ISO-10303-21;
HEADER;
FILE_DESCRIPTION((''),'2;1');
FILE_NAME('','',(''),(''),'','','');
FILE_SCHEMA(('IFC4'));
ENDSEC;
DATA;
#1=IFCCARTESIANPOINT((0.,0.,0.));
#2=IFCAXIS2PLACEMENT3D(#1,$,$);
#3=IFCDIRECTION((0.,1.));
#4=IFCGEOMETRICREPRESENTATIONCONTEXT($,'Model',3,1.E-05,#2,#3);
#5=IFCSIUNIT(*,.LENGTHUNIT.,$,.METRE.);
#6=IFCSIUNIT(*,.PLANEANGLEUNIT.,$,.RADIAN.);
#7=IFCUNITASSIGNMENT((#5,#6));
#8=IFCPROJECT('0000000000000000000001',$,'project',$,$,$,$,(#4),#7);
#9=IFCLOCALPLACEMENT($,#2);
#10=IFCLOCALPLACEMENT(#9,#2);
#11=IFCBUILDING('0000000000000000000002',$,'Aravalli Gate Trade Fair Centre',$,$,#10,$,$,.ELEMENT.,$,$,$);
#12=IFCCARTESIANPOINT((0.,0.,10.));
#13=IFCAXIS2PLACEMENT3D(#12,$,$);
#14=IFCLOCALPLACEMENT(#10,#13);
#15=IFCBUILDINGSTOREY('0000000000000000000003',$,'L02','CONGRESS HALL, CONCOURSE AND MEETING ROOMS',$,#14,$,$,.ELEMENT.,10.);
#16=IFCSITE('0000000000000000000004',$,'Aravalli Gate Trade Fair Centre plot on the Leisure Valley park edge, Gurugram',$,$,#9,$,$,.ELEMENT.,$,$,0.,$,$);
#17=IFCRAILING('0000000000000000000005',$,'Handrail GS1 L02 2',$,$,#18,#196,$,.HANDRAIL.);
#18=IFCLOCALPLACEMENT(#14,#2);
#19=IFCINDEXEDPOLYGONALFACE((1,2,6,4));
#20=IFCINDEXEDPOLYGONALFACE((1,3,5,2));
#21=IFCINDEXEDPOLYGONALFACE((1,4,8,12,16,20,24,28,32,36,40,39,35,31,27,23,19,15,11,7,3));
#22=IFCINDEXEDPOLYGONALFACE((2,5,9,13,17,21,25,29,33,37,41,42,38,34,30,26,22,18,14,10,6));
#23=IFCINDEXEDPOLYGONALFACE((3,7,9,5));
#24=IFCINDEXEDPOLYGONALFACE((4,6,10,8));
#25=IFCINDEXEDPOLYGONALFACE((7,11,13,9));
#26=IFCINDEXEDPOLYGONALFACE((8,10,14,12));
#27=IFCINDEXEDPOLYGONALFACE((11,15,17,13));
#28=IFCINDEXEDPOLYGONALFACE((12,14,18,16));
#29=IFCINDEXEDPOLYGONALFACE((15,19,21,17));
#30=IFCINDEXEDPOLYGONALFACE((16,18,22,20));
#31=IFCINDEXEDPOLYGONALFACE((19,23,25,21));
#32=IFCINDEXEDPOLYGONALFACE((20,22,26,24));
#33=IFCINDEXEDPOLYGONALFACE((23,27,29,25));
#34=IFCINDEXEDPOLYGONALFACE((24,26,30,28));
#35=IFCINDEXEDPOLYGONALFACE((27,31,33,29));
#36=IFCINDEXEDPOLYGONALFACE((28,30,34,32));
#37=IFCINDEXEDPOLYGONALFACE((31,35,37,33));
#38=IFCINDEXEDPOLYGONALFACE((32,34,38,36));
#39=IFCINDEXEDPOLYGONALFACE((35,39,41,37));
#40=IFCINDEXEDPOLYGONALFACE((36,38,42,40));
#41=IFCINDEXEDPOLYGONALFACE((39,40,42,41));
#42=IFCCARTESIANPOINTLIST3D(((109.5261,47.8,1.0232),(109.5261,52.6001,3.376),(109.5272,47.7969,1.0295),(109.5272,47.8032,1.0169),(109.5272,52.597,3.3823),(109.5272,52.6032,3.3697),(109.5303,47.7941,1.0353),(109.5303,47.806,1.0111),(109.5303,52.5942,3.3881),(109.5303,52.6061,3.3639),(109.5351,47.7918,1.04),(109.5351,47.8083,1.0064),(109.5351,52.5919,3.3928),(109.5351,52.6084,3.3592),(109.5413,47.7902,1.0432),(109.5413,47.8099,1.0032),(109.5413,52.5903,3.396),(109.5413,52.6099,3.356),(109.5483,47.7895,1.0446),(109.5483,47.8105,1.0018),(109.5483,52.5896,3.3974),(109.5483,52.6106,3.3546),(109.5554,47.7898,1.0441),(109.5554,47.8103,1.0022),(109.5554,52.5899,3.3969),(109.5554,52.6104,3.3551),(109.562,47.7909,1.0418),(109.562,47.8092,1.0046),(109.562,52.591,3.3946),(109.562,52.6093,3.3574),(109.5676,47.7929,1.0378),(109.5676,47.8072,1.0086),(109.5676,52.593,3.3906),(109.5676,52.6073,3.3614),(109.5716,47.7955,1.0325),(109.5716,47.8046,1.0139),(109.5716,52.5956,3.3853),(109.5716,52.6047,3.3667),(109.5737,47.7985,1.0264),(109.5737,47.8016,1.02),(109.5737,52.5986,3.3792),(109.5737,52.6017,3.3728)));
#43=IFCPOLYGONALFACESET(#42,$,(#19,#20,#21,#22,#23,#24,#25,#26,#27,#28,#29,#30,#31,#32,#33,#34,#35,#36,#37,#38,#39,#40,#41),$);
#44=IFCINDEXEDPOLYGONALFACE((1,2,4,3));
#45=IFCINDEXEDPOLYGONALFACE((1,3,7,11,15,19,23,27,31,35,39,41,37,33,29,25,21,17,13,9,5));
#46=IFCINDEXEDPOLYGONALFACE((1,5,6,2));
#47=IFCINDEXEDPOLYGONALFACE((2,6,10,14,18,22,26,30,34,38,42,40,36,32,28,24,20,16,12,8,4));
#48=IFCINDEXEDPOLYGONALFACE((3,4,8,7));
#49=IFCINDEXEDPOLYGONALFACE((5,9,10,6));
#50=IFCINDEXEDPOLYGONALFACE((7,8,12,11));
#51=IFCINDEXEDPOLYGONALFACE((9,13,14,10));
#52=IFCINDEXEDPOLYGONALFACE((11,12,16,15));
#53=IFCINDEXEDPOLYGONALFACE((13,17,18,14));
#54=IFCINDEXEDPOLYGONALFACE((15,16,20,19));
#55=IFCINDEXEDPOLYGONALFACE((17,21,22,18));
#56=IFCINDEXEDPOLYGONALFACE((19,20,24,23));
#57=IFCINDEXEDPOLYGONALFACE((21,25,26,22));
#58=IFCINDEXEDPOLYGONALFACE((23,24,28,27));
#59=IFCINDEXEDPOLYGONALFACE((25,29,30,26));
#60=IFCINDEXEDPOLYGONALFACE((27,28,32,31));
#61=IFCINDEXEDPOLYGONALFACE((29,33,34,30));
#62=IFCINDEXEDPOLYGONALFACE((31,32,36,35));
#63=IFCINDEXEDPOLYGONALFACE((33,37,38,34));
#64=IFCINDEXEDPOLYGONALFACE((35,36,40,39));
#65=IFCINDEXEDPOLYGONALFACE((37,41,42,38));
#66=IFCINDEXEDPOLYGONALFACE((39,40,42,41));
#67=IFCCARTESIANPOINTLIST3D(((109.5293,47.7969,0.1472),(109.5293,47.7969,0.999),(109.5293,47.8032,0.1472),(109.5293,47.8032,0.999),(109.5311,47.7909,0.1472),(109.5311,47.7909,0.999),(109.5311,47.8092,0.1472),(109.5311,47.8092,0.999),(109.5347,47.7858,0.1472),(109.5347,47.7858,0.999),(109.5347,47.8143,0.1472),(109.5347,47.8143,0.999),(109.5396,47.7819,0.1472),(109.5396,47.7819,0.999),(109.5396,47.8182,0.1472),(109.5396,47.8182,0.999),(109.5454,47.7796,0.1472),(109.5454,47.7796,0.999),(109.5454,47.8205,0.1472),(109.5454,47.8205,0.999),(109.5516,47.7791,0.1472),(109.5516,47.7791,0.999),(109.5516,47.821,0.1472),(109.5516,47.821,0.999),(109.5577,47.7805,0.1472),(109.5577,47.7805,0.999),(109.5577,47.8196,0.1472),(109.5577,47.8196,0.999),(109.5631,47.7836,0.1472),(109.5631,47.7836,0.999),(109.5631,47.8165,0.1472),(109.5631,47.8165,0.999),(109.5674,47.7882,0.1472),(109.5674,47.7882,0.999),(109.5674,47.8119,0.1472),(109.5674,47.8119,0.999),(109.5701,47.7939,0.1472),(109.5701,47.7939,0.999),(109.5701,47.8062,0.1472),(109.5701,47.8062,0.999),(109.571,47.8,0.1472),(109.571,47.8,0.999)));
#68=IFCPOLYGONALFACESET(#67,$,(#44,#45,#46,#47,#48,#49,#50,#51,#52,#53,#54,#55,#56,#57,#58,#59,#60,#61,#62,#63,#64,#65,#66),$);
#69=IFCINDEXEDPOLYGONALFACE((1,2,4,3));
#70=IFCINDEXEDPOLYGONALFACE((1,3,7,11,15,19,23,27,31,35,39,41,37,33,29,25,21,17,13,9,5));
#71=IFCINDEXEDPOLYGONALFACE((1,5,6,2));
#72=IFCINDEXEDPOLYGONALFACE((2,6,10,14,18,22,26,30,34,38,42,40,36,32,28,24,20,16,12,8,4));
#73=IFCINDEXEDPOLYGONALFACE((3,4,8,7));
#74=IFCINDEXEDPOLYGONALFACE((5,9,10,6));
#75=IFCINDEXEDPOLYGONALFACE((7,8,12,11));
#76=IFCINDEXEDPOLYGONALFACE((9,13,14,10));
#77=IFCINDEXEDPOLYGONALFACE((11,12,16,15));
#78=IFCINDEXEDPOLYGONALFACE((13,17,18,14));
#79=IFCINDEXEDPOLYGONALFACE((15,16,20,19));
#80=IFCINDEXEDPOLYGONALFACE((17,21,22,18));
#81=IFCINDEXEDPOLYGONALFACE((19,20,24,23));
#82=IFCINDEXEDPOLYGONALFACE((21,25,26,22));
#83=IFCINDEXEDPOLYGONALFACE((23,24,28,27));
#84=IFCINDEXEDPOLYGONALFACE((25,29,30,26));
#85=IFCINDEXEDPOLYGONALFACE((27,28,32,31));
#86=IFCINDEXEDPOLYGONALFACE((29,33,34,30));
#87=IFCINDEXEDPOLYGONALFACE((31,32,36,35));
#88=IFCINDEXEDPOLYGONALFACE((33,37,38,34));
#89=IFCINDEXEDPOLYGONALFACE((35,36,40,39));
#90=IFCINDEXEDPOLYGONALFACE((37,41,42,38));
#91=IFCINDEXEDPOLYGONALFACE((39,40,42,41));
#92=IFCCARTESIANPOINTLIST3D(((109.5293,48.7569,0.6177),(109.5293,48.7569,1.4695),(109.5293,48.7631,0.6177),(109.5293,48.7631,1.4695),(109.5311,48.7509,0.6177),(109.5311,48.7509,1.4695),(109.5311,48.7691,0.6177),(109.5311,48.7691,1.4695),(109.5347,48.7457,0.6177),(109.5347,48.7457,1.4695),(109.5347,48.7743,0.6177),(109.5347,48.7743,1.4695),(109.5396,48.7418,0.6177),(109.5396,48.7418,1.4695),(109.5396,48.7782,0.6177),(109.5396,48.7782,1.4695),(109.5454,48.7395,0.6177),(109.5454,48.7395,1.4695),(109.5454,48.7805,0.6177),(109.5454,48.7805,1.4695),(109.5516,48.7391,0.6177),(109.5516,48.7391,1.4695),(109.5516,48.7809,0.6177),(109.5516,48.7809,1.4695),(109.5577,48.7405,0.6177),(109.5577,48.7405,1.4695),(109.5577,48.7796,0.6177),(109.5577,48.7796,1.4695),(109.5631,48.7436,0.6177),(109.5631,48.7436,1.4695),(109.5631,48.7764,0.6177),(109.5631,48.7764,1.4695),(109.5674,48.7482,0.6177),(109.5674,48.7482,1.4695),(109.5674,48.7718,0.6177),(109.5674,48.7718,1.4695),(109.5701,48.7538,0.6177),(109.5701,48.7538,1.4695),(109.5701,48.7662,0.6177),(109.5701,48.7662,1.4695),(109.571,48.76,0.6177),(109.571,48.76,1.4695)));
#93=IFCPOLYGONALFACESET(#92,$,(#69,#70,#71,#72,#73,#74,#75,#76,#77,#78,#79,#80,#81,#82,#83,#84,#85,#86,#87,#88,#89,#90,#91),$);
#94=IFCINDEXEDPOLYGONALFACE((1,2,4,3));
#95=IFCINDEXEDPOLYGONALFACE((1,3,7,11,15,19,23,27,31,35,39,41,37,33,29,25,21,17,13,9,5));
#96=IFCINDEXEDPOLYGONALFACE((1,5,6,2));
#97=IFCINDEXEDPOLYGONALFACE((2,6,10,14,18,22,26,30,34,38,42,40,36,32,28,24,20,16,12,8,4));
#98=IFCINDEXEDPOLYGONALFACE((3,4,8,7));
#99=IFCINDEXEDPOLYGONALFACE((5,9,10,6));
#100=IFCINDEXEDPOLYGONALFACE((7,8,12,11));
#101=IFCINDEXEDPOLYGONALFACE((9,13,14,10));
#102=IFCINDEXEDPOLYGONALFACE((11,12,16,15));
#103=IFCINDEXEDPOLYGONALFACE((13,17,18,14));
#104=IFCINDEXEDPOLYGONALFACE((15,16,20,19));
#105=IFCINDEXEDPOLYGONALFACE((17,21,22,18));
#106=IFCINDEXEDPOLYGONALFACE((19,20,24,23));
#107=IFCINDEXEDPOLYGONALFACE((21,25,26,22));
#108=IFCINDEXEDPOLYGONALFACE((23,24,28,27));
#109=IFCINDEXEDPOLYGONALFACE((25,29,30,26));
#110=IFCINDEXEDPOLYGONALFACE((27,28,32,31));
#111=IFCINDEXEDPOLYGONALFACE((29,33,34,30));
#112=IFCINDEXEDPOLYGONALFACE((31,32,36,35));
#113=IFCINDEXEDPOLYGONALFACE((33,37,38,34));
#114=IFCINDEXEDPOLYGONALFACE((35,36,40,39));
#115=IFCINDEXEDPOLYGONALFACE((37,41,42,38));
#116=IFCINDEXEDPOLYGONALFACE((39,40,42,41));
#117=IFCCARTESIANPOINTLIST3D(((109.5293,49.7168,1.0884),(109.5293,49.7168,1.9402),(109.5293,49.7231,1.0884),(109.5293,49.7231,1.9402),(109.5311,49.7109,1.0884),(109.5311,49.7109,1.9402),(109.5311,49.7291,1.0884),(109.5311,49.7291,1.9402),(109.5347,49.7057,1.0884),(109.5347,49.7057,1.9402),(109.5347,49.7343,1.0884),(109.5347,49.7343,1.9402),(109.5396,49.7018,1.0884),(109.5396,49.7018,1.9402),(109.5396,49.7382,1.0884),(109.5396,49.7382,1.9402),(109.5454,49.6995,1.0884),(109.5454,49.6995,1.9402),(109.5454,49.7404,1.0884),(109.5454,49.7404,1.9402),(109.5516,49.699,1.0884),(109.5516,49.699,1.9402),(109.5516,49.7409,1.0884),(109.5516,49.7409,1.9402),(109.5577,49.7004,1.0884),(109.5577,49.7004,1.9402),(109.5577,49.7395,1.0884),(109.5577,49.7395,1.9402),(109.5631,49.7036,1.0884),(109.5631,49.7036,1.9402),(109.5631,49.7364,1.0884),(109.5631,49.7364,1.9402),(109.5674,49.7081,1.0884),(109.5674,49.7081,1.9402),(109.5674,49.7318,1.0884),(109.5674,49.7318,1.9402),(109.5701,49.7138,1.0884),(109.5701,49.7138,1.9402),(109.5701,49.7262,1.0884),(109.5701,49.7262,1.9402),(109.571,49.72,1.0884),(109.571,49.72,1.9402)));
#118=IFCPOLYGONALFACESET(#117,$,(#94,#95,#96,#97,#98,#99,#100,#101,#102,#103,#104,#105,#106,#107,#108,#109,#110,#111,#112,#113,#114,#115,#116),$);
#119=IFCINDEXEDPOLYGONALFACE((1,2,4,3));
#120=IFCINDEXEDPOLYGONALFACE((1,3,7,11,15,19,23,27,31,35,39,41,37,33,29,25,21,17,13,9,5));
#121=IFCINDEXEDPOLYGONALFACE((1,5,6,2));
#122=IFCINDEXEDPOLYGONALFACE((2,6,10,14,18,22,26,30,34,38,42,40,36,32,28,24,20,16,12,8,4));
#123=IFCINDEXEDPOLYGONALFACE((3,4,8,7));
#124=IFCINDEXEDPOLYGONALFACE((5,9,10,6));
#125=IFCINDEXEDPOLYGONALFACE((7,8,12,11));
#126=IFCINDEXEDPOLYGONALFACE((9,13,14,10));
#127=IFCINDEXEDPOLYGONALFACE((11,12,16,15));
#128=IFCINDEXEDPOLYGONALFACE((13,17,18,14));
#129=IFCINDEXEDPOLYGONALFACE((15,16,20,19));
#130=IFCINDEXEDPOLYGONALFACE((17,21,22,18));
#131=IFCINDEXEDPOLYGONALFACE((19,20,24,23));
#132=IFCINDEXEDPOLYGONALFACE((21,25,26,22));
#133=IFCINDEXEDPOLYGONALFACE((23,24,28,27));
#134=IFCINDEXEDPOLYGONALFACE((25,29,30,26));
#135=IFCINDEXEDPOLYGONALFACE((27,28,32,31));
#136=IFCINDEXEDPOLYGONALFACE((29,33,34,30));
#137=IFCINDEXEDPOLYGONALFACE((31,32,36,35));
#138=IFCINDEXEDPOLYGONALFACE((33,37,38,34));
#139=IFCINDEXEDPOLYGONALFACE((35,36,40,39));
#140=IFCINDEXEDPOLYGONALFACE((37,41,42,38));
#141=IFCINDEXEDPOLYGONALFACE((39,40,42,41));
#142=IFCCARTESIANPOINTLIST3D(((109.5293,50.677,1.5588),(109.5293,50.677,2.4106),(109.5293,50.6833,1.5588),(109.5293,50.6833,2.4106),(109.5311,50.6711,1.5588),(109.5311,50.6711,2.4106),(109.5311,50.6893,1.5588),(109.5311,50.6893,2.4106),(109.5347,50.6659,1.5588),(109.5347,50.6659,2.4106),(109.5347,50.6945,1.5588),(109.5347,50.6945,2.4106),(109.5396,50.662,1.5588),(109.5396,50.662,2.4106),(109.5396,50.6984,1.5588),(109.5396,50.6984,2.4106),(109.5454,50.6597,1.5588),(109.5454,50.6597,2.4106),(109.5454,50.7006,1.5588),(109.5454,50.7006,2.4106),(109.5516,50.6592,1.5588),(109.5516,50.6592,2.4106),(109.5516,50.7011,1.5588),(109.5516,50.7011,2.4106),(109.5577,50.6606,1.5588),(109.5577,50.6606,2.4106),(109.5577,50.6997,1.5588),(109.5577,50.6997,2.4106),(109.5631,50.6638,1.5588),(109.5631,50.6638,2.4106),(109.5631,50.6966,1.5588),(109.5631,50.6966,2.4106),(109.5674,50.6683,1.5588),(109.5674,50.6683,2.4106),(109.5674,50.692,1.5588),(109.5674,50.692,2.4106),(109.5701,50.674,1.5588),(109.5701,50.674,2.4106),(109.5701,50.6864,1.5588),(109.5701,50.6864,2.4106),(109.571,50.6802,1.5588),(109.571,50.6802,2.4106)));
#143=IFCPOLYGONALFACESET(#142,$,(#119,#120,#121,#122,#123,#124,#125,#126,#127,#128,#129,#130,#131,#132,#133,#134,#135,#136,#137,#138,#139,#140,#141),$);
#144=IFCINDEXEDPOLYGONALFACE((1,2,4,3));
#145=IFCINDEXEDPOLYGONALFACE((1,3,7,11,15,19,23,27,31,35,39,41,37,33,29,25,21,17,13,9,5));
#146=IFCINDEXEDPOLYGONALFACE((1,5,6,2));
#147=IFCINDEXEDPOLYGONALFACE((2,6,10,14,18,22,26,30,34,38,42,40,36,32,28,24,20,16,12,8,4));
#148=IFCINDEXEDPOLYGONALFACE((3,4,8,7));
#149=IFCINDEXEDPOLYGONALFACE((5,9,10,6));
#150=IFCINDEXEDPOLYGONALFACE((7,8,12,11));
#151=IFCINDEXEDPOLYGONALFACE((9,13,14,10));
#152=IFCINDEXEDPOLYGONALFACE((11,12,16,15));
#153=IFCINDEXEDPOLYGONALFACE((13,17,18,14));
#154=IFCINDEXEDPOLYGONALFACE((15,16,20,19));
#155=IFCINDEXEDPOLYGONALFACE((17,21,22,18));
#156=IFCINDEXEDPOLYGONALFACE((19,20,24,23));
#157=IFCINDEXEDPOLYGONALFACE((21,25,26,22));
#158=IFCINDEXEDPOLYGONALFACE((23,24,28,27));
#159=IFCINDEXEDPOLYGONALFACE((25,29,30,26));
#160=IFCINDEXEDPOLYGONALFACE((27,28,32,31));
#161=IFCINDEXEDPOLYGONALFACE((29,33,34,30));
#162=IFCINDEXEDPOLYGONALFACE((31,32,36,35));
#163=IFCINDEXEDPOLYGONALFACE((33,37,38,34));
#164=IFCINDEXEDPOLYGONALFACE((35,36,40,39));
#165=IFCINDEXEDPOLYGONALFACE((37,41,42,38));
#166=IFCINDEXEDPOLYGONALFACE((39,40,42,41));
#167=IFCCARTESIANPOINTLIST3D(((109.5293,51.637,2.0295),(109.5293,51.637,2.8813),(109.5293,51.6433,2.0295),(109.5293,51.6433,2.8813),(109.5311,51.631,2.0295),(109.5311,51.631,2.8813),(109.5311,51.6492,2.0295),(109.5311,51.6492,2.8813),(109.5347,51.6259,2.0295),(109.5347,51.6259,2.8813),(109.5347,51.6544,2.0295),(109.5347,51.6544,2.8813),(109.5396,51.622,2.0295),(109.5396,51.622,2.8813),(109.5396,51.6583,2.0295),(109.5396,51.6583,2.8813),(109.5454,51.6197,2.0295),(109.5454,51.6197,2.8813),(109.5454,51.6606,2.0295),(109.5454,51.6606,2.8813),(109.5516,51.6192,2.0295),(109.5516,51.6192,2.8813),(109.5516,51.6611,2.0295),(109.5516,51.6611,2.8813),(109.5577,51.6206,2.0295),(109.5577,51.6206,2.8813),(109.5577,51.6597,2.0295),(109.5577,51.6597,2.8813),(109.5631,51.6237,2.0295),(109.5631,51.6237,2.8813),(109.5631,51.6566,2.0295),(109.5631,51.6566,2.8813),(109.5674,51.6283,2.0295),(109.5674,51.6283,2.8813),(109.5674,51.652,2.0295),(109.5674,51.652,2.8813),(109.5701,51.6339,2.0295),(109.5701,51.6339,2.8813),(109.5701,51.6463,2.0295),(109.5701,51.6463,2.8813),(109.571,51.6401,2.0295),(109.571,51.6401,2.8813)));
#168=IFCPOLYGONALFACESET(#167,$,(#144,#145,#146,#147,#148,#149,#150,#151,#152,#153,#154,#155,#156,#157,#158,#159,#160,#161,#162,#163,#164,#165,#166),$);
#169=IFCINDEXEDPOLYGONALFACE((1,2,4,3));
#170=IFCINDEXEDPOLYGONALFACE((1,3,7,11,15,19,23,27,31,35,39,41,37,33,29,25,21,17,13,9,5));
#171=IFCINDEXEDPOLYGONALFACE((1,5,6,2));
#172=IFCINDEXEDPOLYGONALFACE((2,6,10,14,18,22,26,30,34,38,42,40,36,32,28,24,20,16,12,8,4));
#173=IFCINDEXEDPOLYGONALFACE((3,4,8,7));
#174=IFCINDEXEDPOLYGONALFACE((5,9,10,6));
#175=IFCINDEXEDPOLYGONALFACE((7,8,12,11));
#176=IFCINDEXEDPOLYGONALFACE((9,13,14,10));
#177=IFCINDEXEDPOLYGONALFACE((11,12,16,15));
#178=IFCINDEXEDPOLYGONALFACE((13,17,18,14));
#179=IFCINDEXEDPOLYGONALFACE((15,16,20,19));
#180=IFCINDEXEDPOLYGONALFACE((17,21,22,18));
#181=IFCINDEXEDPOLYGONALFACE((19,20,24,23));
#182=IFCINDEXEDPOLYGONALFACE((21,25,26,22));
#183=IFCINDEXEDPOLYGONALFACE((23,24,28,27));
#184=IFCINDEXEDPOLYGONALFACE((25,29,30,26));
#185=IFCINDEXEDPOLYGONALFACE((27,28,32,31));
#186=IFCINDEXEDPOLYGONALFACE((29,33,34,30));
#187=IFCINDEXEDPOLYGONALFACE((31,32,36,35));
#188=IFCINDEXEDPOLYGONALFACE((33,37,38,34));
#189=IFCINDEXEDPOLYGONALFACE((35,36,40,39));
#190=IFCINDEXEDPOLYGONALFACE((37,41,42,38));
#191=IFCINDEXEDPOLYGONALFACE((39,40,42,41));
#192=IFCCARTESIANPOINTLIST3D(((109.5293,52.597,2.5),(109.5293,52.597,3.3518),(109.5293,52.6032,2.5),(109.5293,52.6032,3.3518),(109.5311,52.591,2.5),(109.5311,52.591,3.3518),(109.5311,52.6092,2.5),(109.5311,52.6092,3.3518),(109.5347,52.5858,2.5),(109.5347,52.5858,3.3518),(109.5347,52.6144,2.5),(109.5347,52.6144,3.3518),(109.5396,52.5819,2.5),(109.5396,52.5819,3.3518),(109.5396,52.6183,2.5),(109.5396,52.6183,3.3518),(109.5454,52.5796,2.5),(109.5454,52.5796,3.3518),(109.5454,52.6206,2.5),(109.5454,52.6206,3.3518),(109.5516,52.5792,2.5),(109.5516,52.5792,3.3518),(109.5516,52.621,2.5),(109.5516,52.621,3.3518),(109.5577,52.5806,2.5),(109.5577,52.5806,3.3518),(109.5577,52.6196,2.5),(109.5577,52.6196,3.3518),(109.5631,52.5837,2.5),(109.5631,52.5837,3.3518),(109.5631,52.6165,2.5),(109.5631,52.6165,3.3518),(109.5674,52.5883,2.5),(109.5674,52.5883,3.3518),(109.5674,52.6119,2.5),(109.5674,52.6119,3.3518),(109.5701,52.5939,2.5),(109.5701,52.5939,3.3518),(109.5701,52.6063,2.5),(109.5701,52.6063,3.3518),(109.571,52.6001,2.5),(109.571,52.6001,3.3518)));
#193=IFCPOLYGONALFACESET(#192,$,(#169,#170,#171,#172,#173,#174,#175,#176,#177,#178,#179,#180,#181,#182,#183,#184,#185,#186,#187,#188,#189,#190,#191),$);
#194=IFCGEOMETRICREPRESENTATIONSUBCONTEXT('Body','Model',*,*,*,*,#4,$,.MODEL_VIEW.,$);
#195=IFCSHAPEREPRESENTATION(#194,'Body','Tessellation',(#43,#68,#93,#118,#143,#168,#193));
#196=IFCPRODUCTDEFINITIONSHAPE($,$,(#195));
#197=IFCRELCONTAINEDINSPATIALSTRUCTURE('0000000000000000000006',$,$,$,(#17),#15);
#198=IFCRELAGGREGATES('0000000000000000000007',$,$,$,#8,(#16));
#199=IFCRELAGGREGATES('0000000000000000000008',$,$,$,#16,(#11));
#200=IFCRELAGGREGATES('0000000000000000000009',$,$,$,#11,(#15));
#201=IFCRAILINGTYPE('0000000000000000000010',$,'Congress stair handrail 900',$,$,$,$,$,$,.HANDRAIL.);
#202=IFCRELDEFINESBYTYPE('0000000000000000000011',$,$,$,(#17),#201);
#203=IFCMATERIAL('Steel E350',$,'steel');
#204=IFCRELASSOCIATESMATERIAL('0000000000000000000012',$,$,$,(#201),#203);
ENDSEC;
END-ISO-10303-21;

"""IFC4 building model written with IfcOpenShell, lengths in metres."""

from ifc_helpers import new_model, si_unit, direction, frame, origin, origin_2d, place, context, subcontext, project, spatial, circle, extrude, material, type_object, element, save


model = new_model("IFC4")

# Units and contexts
model_context = context("Model", 3, precision=1e-05, world=origin(), true_north=direction((0.0, 1.0)))
body_context = subcontext(model_context, "Body", "Model", "MODEL_VIEW")
ifc_project = project(units=[si_unit("LENGTHUNIT", "METRE"), si_unit("PLANEANGLEUNIT", "RADIAN")], contexts=[model_context])

# Site, building, storey
site_placement = place(None, origin())
site = spatial("IfcSite", under=ifc_project, at=site_placement, Name="Aravalli Gate Trade Fair Centre plot on the Leisure Valley park edge, Gurugram", CompositionType="ELEMENT", RefElevation=0.0)
building_placement = place(site_placement, origin())
building = spatial("IfcBuilding", under=site, at=building_placement, Name="Aravalli Gate Trade Fair Centre", CompositionType="ELEMENT")
storey_placement = place(building_placement, frame((0.0, 0.0, 10.0)))
storey = spatial("IfcBuildingStorey", under=building, at=storey_placement, Name="L02", Description="CONGRESS HALL, CONCOURSE AND MEETING ROOMS", CompositionType="ELEMENT", Elevation=10.0)

# Railing
ifc_material_1 = material(Name="Steel E350", Category="steel")
railing_type = type_object("IfcRailingType", Name="Congress stair handrail 900", PredefinedType="HANDRAIL", material=ifc_material_1)
railing_placement = place(storey_placement, frame((109.55, 47.8, 0.1472)))
element("IfcRailing", 1, at=railing_placement, inside=storey, type_object=railing_type, Name="Handrail GS1 L02 2", PredefinedType="HANDRAIL", context=body_context, shape_type="SweptSolid", body=[
    extrude(circle(Radius=0.0239, at=origin_2d()), frame((0.0, 0.0, 0.876), z_axis=(0.0, 0.897934, 0.44013), x_axis=(-1.0, 0.0, 0.0)), (0.0, 0.0, 1.0), 5.3457),
    extrude(circle(Radius=0.021, at=origin_2d()), origin(), (0.0, 0.0, 1.0), 0.8518),
    extrude(circle(Radius=0.021, at=origin_2d()), frame((0.0, 0.96, 0.4705)), (0.0, 0.0, 1.0), 0.8518),
    extrude(circle(Radius=0.021, at=origin_2d()), frame((0.0, 1.9199, 0.9412)), (0.0, 0.0, 1.0), 0.8518),
    extrude(circle(Radius=0.021, at=origin_2d()), frame((0.0, 2.8801, 1.4116)), (0.0, 0.0, 1.0), 0.8518),
    extrude(circle(Radius=0.021, at=origin_2d()), frame((0.0, 3.8401, 1.8823)), (0.0, 0.0, 1.0), 0.8518),
    extrude(circle(Radius=0.021, at=origin_2d()), frame((0.0, 4.8, 2.3528)), (0.0, 0.0, 1.0), 0.8518),
])

save(model, "model.ifc")
